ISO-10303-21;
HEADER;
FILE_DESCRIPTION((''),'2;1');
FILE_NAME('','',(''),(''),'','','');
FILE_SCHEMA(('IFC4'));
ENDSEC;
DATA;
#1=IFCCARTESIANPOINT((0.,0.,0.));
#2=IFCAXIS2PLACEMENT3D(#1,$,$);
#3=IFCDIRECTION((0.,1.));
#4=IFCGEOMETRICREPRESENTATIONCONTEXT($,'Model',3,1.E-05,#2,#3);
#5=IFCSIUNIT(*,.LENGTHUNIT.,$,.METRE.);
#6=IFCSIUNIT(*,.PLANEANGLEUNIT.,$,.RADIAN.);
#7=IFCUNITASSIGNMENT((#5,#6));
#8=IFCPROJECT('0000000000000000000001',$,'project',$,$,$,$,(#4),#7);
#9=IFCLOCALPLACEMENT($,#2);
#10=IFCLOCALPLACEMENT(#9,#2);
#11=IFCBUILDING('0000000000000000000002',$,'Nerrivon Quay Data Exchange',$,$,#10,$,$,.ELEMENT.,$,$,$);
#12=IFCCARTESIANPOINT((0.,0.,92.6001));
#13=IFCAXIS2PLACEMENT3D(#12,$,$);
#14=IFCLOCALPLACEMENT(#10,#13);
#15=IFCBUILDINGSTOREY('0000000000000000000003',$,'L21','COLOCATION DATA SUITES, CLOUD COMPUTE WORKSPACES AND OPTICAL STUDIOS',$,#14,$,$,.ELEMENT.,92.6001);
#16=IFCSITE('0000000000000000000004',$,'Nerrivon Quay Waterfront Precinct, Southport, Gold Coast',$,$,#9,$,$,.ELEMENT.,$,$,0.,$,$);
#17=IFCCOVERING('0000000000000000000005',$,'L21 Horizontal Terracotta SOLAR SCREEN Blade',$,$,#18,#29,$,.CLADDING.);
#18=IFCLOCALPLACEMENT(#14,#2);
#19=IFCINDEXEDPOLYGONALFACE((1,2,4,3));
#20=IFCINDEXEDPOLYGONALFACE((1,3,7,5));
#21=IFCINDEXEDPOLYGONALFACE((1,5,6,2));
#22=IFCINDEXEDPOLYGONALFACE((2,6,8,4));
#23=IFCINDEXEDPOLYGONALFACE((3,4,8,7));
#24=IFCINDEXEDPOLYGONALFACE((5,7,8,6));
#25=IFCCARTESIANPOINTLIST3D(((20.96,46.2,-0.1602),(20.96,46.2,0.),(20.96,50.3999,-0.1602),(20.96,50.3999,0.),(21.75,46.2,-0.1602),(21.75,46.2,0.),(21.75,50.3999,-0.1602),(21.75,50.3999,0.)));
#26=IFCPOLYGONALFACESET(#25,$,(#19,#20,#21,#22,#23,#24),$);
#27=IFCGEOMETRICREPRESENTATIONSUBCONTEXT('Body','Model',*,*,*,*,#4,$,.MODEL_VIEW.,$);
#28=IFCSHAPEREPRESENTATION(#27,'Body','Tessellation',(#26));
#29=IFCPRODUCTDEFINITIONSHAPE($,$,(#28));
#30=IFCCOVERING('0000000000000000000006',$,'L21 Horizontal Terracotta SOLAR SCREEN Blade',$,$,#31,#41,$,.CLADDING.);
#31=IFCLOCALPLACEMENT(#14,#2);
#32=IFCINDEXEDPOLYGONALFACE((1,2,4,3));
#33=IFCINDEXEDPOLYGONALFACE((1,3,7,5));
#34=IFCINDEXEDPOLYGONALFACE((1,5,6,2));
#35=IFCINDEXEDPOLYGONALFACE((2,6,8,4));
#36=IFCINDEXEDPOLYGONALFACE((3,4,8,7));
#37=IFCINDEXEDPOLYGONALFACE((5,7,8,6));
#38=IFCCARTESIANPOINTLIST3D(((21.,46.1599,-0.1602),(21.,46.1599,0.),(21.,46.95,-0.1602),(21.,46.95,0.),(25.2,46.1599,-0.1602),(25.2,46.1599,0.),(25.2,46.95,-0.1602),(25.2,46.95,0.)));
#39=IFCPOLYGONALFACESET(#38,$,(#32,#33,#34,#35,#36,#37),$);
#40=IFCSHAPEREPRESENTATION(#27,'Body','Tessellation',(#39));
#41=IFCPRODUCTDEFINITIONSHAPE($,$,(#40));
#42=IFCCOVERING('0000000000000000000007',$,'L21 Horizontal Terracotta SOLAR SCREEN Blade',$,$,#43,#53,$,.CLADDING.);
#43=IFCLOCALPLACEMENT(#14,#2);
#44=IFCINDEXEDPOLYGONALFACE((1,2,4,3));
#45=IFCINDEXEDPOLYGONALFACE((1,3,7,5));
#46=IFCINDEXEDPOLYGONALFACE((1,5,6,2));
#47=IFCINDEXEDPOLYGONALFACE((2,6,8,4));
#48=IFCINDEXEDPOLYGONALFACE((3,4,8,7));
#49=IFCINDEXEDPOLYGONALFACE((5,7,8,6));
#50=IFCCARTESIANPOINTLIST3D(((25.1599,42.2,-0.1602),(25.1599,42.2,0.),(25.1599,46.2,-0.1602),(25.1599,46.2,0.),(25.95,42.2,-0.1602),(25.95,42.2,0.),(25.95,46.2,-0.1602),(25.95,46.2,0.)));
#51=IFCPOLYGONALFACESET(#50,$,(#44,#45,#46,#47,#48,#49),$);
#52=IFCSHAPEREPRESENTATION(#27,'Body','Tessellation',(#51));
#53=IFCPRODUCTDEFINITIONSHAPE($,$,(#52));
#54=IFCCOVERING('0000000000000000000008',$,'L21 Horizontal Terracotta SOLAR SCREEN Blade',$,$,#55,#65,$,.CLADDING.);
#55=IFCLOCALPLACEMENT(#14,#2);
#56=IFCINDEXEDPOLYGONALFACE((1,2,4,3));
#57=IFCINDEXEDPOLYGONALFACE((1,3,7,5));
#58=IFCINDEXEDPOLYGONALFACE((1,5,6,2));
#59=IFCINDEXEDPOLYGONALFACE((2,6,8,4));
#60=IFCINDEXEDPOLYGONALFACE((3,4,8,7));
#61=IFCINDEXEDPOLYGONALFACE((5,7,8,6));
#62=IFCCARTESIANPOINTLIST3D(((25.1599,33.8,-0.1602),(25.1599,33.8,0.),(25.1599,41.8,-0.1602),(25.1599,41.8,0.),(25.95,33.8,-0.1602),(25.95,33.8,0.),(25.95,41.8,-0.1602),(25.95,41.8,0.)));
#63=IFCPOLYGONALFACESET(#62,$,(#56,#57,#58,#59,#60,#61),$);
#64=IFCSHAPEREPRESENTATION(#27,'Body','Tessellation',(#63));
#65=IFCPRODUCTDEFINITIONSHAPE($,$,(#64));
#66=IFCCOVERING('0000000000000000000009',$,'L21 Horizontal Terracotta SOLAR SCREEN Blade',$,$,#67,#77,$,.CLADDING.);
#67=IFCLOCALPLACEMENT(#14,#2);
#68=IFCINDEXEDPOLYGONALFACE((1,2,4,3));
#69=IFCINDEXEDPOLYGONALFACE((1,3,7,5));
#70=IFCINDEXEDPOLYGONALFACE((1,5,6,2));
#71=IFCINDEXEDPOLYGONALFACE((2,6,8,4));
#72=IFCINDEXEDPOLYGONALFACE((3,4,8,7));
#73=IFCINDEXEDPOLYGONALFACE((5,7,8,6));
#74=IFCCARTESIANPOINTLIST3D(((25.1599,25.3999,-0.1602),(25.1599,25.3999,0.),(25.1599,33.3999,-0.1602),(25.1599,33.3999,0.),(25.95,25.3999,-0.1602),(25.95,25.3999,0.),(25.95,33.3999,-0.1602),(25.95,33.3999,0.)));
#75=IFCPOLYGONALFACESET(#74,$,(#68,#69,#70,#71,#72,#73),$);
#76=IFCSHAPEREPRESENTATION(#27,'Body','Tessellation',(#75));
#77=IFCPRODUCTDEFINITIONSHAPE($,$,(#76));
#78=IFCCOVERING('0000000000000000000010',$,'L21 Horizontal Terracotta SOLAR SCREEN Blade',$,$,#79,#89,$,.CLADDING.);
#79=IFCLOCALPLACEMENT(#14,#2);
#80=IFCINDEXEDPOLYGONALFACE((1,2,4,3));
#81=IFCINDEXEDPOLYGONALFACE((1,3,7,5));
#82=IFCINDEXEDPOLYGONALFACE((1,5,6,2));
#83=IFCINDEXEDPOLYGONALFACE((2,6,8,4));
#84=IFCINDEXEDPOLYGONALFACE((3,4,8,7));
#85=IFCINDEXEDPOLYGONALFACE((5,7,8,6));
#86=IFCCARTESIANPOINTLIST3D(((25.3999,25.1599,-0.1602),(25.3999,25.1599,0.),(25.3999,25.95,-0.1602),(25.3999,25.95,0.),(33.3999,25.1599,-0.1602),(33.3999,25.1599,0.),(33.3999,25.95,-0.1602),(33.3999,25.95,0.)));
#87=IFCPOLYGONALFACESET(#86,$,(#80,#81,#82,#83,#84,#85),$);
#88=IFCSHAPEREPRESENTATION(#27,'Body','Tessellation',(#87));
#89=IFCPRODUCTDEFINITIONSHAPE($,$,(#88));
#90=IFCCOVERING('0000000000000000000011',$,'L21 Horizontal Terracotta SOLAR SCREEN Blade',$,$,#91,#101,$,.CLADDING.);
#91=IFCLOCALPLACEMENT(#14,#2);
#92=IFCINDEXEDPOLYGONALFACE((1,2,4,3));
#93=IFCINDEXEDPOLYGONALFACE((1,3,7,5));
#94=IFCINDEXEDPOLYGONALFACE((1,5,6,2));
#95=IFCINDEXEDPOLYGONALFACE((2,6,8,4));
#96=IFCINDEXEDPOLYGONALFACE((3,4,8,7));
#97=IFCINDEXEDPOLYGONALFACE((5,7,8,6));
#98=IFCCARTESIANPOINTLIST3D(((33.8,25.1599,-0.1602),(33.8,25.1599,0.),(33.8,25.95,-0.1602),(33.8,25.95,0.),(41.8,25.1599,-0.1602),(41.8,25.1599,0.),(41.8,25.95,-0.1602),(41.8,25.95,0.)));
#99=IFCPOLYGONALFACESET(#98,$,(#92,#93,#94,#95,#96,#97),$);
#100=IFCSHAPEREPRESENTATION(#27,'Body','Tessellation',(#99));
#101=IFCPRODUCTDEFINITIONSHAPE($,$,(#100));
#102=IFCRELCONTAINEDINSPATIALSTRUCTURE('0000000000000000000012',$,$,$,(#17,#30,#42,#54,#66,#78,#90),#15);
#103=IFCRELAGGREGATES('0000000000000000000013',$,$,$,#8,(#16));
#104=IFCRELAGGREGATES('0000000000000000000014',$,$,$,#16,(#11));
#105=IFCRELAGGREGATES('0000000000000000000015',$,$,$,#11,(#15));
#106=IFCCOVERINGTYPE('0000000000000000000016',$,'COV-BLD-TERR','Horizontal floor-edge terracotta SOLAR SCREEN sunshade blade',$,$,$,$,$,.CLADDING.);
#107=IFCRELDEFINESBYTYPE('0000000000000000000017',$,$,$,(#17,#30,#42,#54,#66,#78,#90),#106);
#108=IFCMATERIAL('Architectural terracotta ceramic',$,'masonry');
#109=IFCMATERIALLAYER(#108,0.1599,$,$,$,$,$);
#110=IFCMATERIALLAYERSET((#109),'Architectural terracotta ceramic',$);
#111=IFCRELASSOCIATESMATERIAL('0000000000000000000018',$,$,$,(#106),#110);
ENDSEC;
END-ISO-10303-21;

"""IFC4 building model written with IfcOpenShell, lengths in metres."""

from ifc_helpers import new_model, si_unit, direction, frame, origin, place, context, subcontext, project, spatial, polyline, outline, extrude, material, layer, layer_set, type_object, element, save


model = new_model("IFC4")

# Units and contexts
model_context = context("Model", 3, precision=1e-05, world=origin(), true_north=direction((0.0, 1.0)))
body_context = subcontext(model_context, "Body", "Model", "MODEL_VIEW")
ifc_project = project(units=[si_unit("LENGTHUNIT", "METRE"), si_unit("PLANEANGLEUNIT", "RADIAN")], contexts=[model_context])

# Site, building, storey
site_placement = place(None, origin())
site = spatial("IfcSite", under=ifc_project, at=site_placement, Name="Nerrivon Quay Waterfront Precinct, Southport, Gold Coast", CompositionType="ELEMENT", RefElevation=0.0)
building_placement = place(site_placement, origin())
building = spatial("IfcBuilding", under=site, at=building_placement, Name="Nerrivon Quay Data Exchange", CompositionType="ELEMENT")
storey_placement = place(building_placement, frame((0.0, 0.0, 92.6001)))
storey = spatial("IfcBuildingStorey", under=building, at=storey_placement, Name="L21", Description="COLOCATION DATA SUITES, CLOUD COMPUTE WORKSPACES AND OPTICAL STUDIOS", CompositionType="ELEMENT", Elevation=92.6001)

# Coverings
ifc_material_1 = material(Name="Architectural terracotta ceramic", Category="masonry")
ifc_layer_1 = layer(ifc_material_1, 0.1599)
ifc_layer_set_1 = layer_set([ifc_layer_1], Name="Architectural terracotta ceramic")
covering_type = type_object("IfcCoveringType", Name="COV-BLD-TERR", Description="Horizontal floor-edge terracotta SOLAR SCREEN sunshade blade", PredefinedType="CLADDING", material=ifc_layer_set_1)
covering_1_placement = place(storey_placement, frame((0.0, 0.0, -0.1602)))
element("IfcCovering", 1, at=covering_1_placement, inside=storey, type_object=covering_type, Name="L21 Horizontal Terracotta SOLAR SCREEN Blade", PredefinedType="CLADDING", context=body_context, shape_type="SweptSolid", body=[
    extrude(outline(polyline([(20.96, 50.3999), (20.96, 46.2), (21.75, 46.2), (21.75, 50.3999), (20.96, 50.3999)])), origin(), (0.0, 0.0, 1.0), 0.1602),
])
covering_2_placement = place(storey_placement, frame((0.0, 0.0, -0.1602)))
element("IfcCovering", 2, at=covering_2_placement, inside=storey, type_object=covering_type, Name="L21 Horizontal Terracotta SOLAR SCREEN Blade", PredefinedType="CLADDING", context=body_context, shape_type="SweptSolid", body=[
    extrude(outline(polyline([(21.0, 46.1599), (25.2, 46.1599), (25.2, 46.95), (21.0, 46.95), (21.0, 46.1599)])), origin(), (0.0, 0.0, 1.0), 0.1602),
])
covering_3_placement = place(storey_placement, frame((0.0, 0.0, -0.1602)))
element("IfcCovering", 3, at=covering_3_placement, inside=storey, type_object=covering_type, Name="L21 Horizontal Terracotta SOLAR SCREEN Blade", PredefinedType="CLADDING", context=body_context, shape_type="SweptSolid", body=[
    extrude(outline(polyline([(25.1599, 46.2), (25.1599, 42.2), (25.95, 42.2), (25.95, 46.2), (25.1599, 46.2)])), origin(), (0.0, 0.0, 1.0), 0.1602),
])
covering_4_placement = place(storey_placement, frame((0.0, 0.0, -0.1602)))
element("IfcCovering", 4, at=covering_4_placement, inside=storey, type_object=covering_type, Name="L21 Horizontal Terracotta SOLAR SCREEN Blade", PredefinedType="CLADDING", context=body_context, shape_type="SweptSolid", body=[
    extrude(outline(polyline([(25.1599, 41.8), (25.1599, 33.8), (25.95, 33.8), (25.95, 41.8), (25.1599, 41.8)])), origin(), (0.0, 0.0, 1.0), 0.1602),
])
covering_5_placement = place(storey_placement, frame((0.0, 0.0, -0.1602)))
element("IfcCovering", 5, at=covering_5_placement, inside=storey, type_object=covering_type, Name="L21 Horizontal Terracotta SOLAR SCREEN Blade", PredefinedType="CLADDING", context=body_context, shape_type="SweptSolid", body=[
    extrude(outline(polyline([(25.1599, 33.3999), (25.1599, 25.3999), (25.95, 25.3999), (25.95, 33.3999), (25.1599, 33.3999)])), origin(), (0.0, 0.0, 1.0), 0.1602),
])
covering_6_placement = place(storey_placement, frame((0.0, 0.0, -0.1602)))
element("IfcCovering", 6, at=covering_6_placement, inside=storey, type_object=covering_type, Name="L21 Horizontal Terracotta SOLAR SCREEN Blade", PredefinedType="CLADDING", context=body_context, shape_type="SweptSolid", body=[
    extrude(outline(polyline([(25.3999, 25.1599), (33.3999, 25.1599), (33.3999, 25.95), (25.3999, 25.95), (25.3999, 25.1599)])), origin(), (0.0, 0.0, 1.0), 0.1602),
])
covering_7_placement = place(storey_placement, frame((0.0, 0.0, -0.1602)))
element("IfcCovering", 7, at=covering_7_placement, inside=storey, type_object=covering_type, Name="L21 Horizontal Terracotta SOLAR SCREEN Blade", PredefinedType="CLADDING", context=body_context, shape_type="SweptSolid", body=[
    extrude(outline(polyline([(33.8, 25.1599), (41.8, 25.1599), (41.8, 25.95), (33.8, 25.95), (33.8, 25.1599)])), origin(), (0.0, 0.0, 1.0), 0.1602),
])

save(model, "model.ifc")
